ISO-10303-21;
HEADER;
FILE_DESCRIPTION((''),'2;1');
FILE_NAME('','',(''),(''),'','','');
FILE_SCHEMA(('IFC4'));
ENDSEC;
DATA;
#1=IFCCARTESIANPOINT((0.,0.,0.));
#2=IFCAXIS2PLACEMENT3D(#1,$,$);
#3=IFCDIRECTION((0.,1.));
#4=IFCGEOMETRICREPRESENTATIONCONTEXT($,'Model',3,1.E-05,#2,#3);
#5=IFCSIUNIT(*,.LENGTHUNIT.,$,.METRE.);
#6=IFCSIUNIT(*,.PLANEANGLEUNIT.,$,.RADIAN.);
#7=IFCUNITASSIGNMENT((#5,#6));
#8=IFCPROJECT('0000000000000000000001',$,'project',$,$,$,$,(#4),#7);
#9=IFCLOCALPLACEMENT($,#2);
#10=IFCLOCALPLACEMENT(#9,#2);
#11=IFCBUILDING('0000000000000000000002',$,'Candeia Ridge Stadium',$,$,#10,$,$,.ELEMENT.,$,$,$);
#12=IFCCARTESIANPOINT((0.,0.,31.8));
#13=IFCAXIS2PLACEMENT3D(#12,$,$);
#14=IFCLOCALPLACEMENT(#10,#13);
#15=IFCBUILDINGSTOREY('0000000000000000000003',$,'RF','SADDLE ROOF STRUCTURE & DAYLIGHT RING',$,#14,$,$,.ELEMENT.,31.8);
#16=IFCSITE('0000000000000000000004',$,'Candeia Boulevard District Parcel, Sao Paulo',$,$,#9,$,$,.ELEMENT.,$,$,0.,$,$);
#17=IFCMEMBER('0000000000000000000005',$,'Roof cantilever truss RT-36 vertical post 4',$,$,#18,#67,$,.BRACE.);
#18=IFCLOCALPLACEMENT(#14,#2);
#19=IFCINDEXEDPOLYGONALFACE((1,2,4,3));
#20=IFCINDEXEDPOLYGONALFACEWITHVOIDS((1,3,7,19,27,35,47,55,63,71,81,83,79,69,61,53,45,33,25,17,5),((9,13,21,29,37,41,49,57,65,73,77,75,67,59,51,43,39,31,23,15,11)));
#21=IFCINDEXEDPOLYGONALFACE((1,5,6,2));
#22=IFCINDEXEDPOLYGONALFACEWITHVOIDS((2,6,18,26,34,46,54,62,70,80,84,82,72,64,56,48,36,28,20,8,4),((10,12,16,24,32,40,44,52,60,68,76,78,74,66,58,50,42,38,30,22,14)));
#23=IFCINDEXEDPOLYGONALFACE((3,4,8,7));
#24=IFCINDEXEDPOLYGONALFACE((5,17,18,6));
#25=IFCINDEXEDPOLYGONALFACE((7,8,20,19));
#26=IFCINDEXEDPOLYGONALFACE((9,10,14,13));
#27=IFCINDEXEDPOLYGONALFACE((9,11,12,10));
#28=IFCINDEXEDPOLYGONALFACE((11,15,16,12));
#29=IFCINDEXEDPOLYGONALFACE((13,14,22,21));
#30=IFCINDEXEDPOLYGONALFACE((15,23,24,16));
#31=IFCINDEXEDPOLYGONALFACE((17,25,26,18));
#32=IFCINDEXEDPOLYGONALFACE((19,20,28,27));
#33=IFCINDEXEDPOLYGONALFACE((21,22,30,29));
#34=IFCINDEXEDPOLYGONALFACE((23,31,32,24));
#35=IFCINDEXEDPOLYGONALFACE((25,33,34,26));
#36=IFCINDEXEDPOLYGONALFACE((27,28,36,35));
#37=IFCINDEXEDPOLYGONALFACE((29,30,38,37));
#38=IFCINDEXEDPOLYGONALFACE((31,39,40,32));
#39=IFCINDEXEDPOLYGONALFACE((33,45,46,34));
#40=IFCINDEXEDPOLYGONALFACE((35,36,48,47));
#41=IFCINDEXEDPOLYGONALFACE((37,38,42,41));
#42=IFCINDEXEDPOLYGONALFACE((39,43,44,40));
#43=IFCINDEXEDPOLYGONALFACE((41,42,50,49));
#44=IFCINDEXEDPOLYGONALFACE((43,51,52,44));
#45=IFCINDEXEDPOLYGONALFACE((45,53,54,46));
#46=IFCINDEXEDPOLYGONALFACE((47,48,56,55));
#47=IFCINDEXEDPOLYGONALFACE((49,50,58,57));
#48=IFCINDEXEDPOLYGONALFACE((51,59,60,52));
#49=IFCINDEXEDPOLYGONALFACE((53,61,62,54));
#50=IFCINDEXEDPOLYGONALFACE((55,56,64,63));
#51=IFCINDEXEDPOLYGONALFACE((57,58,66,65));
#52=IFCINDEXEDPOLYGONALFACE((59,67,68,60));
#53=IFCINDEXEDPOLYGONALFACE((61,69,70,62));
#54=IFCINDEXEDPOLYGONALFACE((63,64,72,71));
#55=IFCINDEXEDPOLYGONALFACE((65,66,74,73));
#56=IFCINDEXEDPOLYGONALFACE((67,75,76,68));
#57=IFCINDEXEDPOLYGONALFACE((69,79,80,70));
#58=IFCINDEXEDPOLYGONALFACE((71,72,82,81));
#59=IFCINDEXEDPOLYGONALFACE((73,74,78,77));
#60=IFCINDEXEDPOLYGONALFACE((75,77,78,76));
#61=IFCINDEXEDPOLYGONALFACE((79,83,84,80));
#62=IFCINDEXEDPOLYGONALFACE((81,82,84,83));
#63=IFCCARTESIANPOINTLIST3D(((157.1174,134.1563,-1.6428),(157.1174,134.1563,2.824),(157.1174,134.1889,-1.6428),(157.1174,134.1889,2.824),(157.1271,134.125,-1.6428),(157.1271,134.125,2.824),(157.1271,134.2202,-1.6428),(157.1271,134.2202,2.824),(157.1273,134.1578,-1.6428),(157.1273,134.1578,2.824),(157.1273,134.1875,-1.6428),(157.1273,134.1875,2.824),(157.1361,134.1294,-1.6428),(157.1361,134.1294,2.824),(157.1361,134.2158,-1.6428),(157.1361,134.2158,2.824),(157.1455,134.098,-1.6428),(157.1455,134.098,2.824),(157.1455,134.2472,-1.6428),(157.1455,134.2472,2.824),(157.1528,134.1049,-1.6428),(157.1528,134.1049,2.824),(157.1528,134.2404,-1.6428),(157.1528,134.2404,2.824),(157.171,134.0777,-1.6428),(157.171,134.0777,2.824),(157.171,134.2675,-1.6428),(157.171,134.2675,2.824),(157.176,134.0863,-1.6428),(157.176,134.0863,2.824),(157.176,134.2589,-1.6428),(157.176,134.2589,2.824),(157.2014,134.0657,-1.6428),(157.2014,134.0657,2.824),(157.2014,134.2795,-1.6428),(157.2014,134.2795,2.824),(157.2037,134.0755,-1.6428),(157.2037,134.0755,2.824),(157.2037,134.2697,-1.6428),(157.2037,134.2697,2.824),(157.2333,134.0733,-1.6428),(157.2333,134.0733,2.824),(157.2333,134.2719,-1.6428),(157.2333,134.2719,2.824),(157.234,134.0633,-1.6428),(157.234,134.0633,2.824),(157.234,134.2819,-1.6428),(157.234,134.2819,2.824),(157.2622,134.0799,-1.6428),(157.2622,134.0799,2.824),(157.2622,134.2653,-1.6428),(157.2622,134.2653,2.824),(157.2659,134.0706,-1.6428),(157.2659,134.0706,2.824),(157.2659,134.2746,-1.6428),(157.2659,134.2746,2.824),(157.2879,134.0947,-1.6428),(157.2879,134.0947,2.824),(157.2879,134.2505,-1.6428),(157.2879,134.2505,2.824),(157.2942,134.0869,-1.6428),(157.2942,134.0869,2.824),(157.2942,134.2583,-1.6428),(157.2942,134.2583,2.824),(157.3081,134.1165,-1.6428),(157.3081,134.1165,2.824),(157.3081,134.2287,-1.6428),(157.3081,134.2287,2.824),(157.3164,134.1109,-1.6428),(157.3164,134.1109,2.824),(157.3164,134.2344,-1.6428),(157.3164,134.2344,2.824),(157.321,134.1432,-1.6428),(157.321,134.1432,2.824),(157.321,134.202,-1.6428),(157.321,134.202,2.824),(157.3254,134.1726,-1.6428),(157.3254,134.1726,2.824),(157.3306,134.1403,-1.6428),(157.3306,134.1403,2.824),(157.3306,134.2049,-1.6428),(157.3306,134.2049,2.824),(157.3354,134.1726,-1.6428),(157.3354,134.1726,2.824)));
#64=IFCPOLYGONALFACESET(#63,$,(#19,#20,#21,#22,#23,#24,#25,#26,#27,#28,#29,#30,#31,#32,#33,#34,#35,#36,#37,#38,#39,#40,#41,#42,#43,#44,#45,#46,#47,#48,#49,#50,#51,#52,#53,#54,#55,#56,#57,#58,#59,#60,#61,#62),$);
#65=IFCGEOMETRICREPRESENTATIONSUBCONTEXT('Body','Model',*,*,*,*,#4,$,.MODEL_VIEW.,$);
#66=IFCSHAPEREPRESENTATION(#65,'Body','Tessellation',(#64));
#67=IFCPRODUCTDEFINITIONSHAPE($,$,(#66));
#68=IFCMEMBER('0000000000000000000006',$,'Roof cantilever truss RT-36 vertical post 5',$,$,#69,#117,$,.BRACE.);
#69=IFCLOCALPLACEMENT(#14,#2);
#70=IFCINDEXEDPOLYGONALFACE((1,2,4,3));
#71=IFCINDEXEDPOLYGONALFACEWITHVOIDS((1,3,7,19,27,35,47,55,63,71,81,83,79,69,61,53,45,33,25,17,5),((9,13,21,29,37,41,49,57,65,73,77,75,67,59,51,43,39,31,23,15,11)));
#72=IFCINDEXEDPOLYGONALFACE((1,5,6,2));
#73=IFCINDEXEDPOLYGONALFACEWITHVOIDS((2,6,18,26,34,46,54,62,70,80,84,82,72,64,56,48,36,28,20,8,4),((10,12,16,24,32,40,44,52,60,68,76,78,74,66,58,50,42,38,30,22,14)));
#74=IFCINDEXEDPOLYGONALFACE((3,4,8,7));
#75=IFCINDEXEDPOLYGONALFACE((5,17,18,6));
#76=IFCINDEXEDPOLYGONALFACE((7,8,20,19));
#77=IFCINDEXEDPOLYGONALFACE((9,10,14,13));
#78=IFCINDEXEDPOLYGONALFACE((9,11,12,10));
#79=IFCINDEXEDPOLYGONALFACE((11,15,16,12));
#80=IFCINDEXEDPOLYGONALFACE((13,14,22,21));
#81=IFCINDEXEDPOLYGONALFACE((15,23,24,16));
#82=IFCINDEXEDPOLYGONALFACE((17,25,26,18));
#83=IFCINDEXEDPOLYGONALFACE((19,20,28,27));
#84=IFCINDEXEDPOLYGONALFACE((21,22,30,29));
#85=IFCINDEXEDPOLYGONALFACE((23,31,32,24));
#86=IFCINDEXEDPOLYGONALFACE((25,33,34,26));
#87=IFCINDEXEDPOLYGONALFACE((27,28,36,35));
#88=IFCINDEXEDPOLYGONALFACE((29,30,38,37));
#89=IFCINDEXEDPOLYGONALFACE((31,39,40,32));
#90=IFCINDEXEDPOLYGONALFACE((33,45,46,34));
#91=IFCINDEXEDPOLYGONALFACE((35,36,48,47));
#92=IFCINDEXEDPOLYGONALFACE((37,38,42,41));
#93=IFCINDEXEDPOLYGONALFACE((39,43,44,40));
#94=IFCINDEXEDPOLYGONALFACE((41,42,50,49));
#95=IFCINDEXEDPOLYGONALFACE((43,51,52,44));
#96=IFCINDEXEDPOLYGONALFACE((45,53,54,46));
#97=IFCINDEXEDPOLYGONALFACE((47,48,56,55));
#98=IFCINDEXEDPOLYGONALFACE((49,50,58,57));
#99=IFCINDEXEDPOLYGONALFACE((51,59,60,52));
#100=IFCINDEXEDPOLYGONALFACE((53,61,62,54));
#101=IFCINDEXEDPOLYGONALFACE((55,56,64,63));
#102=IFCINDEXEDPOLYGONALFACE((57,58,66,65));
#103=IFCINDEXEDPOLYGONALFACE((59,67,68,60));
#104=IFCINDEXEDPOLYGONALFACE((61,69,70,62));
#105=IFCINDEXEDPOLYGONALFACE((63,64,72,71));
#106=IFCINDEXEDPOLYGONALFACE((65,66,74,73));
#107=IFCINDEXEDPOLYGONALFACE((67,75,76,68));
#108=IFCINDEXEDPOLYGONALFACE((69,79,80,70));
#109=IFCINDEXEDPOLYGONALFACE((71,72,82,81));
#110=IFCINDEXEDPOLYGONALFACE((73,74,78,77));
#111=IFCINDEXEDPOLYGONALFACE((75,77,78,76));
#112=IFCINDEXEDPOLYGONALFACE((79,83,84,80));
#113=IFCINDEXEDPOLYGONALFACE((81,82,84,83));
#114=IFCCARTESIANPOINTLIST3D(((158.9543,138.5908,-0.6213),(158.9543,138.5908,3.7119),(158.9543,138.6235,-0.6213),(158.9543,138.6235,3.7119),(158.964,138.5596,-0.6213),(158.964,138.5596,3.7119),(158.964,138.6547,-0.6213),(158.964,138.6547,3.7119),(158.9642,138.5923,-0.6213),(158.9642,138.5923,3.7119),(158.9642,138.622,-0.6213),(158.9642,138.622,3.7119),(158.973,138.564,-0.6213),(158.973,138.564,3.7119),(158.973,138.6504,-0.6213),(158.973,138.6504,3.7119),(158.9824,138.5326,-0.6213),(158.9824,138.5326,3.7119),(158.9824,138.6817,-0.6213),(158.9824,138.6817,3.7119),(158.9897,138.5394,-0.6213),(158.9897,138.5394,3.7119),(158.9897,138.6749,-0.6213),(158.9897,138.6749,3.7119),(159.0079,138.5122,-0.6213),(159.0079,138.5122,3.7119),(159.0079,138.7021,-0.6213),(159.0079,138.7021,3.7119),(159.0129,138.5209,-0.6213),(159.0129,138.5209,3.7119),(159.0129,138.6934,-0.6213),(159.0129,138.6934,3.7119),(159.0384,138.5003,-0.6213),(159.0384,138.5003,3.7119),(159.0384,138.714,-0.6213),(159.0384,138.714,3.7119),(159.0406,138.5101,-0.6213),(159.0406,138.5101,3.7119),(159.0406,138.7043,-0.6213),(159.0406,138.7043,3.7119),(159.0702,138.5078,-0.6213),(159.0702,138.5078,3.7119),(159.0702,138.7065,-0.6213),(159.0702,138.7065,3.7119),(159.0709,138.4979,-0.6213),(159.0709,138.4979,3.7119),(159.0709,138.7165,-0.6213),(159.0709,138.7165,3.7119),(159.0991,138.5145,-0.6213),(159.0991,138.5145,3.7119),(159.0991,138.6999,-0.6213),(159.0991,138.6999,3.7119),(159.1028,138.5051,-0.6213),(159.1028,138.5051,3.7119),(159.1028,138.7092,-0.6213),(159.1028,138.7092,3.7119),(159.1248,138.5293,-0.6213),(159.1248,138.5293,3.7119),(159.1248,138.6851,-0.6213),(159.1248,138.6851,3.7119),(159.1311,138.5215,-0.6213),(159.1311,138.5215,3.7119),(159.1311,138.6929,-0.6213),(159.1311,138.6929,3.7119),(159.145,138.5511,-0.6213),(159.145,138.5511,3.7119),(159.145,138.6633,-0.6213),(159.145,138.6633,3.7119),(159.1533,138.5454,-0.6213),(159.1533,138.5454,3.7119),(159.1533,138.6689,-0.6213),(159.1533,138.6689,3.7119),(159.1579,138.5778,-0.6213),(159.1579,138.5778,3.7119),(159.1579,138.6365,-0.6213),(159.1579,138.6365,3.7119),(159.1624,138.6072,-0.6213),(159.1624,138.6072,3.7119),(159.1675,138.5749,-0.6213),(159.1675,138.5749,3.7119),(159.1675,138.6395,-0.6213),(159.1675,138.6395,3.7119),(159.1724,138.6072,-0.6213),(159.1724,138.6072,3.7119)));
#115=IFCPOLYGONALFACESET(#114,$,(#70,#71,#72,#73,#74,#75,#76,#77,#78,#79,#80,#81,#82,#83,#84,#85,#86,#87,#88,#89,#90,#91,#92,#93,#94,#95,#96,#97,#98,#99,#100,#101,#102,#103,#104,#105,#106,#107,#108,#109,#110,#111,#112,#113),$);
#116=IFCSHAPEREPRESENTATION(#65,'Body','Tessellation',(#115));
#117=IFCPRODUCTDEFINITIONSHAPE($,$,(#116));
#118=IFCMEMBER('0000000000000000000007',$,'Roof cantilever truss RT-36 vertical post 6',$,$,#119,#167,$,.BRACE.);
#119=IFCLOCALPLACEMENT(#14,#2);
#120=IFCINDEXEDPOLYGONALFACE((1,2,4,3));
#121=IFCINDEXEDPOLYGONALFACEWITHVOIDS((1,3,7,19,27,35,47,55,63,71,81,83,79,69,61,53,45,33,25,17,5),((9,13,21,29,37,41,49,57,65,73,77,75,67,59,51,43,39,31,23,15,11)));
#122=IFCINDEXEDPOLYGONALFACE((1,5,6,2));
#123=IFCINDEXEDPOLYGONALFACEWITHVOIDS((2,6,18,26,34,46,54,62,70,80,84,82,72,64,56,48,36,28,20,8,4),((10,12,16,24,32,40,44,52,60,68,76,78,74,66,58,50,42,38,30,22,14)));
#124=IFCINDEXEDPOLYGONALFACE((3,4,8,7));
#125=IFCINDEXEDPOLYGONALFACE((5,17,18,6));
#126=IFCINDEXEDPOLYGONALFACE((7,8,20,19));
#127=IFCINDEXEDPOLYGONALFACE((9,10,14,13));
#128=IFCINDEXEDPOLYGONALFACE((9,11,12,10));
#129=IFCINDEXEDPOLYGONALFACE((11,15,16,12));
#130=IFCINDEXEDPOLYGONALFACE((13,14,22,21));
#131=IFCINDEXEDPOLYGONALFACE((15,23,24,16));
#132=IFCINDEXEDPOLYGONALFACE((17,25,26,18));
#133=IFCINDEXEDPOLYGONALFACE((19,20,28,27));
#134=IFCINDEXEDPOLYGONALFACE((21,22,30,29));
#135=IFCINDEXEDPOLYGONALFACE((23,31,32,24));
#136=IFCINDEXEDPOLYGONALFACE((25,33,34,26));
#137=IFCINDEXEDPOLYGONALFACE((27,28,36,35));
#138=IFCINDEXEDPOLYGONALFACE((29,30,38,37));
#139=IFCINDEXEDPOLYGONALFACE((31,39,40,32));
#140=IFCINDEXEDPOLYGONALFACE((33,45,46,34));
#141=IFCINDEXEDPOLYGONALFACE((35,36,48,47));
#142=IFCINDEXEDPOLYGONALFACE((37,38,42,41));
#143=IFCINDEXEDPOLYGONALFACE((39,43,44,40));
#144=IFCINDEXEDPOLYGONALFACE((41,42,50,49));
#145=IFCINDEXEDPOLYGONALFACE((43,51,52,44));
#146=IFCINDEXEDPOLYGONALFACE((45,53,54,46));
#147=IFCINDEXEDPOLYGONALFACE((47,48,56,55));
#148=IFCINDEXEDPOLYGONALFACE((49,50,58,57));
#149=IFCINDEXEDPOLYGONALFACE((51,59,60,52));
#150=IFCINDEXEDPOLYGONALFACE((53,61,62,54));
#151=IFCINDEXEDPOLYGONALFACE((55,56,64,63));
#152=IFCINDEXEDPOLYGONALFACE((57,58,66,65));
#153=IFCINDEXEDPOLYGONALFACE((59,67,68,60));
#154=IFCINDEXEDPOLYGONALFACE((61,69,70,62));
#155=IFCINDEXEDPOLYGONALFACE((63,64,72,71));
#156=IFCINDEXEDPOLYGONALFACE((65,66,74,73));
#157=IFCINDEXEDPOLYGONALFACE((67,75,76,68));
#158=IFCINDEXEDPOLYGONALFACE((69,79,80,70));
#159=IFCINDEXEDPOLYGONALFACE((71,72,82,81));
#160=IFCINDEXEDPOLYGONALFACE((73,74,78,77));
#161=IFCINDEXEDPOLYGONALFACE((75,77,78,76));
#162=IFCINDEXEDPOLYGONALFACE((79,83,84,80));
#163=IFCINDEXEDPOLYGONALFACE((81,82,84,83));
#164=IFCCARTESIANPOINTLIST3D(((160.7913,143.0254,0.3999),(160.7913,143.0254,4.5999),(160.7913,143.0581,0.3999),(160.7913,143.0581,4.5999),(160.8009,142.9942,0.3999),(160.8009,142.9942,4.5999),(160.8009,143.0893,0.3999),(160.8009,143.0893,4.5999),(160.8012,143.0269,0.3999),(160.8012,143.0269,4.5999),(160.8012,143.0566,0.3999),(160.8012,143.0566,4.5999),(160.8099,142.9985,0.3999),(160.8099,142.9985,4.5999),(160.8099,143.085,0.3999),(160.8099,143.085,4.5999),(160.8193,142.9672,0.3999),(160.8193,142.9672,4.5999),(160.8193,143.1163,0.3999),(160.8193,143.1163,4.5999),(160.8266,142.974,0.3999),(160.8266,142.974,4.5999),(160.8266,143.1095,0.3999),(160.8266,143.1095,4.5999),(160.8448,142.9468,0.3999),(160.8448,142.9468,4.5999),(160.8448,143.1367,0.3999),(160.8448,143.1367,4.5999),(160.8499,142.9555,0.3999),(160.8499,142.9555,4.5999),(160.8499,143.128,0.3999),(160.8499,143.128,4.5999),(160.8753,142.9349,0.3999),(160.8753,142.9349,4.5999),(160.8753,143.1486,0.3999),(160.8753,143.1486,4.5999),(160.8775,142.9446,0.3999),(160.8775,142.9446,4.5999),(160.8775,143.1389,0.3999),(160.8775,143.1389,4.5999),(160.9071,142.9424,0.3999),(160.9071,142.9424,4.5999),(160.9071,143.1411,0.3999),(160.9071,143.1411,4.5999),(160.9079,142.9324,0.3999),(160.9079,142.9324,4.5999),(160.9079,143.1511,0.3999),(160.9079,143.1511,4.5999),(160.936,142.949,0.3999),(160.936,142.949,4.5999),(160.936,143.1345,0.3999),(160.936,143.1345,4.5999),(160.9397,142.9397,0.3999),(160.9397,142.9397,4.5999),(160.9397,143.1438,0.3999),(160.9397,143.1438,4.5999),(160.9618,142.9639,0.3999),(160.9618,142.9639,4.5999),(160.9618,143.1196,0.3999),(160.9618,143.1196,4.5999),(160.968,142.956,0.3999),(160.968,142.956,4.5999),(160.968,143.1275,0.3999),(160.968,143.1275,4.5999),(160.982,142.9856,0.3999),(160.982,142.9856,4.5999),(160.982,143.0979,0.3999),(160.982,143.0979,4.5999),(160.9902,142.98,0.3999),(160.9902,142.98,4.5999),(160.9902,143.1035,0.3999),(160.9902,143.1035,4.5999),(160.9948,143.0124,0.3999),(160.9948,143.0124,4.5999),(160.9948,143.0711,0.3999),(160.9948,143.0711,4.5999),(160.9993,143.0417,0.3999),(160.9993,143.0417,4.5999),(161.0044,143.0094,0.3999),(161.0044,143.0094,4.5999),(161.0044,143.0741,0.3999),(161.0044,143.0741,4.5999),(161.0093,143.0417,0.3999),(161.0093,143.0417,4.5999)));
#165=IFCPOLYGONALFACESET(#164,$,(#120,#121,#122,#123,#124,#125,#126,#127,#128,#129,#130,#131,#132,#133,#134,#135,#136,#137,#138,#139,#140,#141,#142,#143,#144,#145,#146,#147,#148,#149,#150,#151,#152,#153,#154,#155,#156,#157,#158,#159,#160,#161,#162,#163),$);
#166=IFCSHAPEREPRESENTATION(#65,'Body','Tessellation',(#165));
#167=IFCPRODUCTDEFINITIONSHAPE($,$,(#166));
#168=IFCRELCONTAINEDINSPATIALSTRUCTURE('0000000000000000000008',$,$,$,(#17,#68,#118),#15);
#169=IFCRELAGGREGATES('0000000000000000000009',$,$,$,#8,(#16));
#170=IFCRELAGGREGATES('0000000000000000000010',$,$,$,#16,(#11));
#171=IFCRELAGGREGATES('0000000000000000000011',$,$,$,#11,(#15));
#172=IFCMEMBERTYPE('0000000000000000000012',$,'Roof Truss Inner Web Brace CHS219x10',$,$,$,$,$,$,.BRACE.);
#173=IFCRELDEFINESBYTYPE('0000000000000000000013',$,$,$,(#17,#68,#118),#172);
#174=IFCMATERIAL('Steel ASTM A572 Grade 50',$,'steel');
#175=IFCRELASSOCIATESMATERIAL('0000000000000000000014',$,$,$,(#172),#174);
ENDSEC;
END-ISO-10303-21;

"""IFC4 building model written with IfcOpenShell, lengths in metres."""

from ifc_helpers import new_model, si_unit, direction, frame, origin, origin_2d, place, context, subcontext, project, spatial, hollow_circle, extrude, material, material_profile, profile_set, type_object, element, save


model = new_model("IFC4")

# Units and contexts
model_context = context("Model", 3, precision=1e-05, world=origin(), true_north=direction((0.0, 1.0)))
body_context = subcontext(model_context, "Body", "Model", "MODEL_VIEW")
ifc_project = project(units=[si_unit("LENGTHUNIT", "METRE"), si_unit("PLANEANGLEUNIT", "RADIAN")], contexts=[model_context])

# Site, building, storey
site_placement = place(None, origin())
site = spatial("IfcSite", under=ifc_project, at=site_placement, Name="Candeia Boulevard District Parcel, Sao Paulo", CompositionType="ELEMENT", RefElevation=0.0)
building_placement = place(site_placement, origin())
building = spatial("IfcBuilding", under=site, at=building_placement, Name="Candeia Ridge Stadium", CompositionType="ELEMENT")
storey_placement = place(building_placement, frame((0.0, 0.0, 31.8)))
storey = spatial("IfcBuildingStorey", under=building, at=storey_placement, Name="RF", Description="SADDLE ROOF STRUCTURE & DAYLIGHT RING", CompositionType="ELEMENT", Elevation=31.8)

# Shared definitions
ifc_material_1 = material(Name="Steel ASTM A572 Grade 50", Category="steel")

# Members
ifc_material_profile_1 = material_profile(ifc_material_1, hollow_circle(Radius=0.1096, WallThickness=0.01, at=origin_2d()), Name="CHS219x10", Category="steel")
ifc_profile_set_1 = profile_set([ifc_material_profile_1], Name="Steel ASTM A572 Grade 50")
member_type_1 = type_object("IfcMemberType", Name="Roof Truss Inner Web Brace CHS219x10", PredefinedType="BRACE", material=ifc_profile_set_1)
member_1_placement = place(storey_placement, frame((157.2258, 134.1726, -1.6428), z_axis=(0.0, 0.0, 1.0), x_axis=(1.0, 0.0, 0.0)))
element("IfcMember", 1, at=member_1_placement, inside=storey, type_object=member_type_1, Name="Roof cantilever truss RT-36 vertical post 4", PredefinedType="BRACE", context=body_context, shape_type="SweptSolid", body=[
    extrude(hollow_circle(Radius=0.1096, WallThickness=0.01, at=origin_2d()), origin(), (0.0, 0.0, 1.0), 4.4668),
])
member_2_placement = place(storey_placement, frame((159.0627, 138.6072, -0.6213), z_axis=(0.0, 0.0, 1.0), x_axis=(1.0, 0.0, 0.0)))
element("IfcMember", 2, at=member_2_placement, inside=storey, type_object=member_type_1, Name="Roof cantilever truss RT-36 vertical post 5", PredefinedType="BRACE", context=body_context, shape_type="SweptSolid", body=[
    extrude(hollow_circle(Radius=0.1096, WallThickness=0.01, at=origin_2d()), origin(), (0.0, 0.0, 1.0), 4.3333),
])
member_3_placement = place(storey_placement, frame((160.8997, 143.0417, 0.3999), z_axis=(0.0, 0.0, 1.0), x_axis=(1.0, 0.0, 0.0)))
element("IfcMember", 3, at=member_3_placement, inside=storey, type_object=member_type_1, Name="Roof cantilever truss RT-36 vertical post 6", PredefinedType="BRACE", context=body_context, shape_type="SweptSolid", body=[
    extrude(hollow_circle(Radius=0.1096, WallThickness=0.01, at=origin_2d()), origin(), (0.0, 0.0, 1.0), 4.2),
])

save(model, "model.ifc")
